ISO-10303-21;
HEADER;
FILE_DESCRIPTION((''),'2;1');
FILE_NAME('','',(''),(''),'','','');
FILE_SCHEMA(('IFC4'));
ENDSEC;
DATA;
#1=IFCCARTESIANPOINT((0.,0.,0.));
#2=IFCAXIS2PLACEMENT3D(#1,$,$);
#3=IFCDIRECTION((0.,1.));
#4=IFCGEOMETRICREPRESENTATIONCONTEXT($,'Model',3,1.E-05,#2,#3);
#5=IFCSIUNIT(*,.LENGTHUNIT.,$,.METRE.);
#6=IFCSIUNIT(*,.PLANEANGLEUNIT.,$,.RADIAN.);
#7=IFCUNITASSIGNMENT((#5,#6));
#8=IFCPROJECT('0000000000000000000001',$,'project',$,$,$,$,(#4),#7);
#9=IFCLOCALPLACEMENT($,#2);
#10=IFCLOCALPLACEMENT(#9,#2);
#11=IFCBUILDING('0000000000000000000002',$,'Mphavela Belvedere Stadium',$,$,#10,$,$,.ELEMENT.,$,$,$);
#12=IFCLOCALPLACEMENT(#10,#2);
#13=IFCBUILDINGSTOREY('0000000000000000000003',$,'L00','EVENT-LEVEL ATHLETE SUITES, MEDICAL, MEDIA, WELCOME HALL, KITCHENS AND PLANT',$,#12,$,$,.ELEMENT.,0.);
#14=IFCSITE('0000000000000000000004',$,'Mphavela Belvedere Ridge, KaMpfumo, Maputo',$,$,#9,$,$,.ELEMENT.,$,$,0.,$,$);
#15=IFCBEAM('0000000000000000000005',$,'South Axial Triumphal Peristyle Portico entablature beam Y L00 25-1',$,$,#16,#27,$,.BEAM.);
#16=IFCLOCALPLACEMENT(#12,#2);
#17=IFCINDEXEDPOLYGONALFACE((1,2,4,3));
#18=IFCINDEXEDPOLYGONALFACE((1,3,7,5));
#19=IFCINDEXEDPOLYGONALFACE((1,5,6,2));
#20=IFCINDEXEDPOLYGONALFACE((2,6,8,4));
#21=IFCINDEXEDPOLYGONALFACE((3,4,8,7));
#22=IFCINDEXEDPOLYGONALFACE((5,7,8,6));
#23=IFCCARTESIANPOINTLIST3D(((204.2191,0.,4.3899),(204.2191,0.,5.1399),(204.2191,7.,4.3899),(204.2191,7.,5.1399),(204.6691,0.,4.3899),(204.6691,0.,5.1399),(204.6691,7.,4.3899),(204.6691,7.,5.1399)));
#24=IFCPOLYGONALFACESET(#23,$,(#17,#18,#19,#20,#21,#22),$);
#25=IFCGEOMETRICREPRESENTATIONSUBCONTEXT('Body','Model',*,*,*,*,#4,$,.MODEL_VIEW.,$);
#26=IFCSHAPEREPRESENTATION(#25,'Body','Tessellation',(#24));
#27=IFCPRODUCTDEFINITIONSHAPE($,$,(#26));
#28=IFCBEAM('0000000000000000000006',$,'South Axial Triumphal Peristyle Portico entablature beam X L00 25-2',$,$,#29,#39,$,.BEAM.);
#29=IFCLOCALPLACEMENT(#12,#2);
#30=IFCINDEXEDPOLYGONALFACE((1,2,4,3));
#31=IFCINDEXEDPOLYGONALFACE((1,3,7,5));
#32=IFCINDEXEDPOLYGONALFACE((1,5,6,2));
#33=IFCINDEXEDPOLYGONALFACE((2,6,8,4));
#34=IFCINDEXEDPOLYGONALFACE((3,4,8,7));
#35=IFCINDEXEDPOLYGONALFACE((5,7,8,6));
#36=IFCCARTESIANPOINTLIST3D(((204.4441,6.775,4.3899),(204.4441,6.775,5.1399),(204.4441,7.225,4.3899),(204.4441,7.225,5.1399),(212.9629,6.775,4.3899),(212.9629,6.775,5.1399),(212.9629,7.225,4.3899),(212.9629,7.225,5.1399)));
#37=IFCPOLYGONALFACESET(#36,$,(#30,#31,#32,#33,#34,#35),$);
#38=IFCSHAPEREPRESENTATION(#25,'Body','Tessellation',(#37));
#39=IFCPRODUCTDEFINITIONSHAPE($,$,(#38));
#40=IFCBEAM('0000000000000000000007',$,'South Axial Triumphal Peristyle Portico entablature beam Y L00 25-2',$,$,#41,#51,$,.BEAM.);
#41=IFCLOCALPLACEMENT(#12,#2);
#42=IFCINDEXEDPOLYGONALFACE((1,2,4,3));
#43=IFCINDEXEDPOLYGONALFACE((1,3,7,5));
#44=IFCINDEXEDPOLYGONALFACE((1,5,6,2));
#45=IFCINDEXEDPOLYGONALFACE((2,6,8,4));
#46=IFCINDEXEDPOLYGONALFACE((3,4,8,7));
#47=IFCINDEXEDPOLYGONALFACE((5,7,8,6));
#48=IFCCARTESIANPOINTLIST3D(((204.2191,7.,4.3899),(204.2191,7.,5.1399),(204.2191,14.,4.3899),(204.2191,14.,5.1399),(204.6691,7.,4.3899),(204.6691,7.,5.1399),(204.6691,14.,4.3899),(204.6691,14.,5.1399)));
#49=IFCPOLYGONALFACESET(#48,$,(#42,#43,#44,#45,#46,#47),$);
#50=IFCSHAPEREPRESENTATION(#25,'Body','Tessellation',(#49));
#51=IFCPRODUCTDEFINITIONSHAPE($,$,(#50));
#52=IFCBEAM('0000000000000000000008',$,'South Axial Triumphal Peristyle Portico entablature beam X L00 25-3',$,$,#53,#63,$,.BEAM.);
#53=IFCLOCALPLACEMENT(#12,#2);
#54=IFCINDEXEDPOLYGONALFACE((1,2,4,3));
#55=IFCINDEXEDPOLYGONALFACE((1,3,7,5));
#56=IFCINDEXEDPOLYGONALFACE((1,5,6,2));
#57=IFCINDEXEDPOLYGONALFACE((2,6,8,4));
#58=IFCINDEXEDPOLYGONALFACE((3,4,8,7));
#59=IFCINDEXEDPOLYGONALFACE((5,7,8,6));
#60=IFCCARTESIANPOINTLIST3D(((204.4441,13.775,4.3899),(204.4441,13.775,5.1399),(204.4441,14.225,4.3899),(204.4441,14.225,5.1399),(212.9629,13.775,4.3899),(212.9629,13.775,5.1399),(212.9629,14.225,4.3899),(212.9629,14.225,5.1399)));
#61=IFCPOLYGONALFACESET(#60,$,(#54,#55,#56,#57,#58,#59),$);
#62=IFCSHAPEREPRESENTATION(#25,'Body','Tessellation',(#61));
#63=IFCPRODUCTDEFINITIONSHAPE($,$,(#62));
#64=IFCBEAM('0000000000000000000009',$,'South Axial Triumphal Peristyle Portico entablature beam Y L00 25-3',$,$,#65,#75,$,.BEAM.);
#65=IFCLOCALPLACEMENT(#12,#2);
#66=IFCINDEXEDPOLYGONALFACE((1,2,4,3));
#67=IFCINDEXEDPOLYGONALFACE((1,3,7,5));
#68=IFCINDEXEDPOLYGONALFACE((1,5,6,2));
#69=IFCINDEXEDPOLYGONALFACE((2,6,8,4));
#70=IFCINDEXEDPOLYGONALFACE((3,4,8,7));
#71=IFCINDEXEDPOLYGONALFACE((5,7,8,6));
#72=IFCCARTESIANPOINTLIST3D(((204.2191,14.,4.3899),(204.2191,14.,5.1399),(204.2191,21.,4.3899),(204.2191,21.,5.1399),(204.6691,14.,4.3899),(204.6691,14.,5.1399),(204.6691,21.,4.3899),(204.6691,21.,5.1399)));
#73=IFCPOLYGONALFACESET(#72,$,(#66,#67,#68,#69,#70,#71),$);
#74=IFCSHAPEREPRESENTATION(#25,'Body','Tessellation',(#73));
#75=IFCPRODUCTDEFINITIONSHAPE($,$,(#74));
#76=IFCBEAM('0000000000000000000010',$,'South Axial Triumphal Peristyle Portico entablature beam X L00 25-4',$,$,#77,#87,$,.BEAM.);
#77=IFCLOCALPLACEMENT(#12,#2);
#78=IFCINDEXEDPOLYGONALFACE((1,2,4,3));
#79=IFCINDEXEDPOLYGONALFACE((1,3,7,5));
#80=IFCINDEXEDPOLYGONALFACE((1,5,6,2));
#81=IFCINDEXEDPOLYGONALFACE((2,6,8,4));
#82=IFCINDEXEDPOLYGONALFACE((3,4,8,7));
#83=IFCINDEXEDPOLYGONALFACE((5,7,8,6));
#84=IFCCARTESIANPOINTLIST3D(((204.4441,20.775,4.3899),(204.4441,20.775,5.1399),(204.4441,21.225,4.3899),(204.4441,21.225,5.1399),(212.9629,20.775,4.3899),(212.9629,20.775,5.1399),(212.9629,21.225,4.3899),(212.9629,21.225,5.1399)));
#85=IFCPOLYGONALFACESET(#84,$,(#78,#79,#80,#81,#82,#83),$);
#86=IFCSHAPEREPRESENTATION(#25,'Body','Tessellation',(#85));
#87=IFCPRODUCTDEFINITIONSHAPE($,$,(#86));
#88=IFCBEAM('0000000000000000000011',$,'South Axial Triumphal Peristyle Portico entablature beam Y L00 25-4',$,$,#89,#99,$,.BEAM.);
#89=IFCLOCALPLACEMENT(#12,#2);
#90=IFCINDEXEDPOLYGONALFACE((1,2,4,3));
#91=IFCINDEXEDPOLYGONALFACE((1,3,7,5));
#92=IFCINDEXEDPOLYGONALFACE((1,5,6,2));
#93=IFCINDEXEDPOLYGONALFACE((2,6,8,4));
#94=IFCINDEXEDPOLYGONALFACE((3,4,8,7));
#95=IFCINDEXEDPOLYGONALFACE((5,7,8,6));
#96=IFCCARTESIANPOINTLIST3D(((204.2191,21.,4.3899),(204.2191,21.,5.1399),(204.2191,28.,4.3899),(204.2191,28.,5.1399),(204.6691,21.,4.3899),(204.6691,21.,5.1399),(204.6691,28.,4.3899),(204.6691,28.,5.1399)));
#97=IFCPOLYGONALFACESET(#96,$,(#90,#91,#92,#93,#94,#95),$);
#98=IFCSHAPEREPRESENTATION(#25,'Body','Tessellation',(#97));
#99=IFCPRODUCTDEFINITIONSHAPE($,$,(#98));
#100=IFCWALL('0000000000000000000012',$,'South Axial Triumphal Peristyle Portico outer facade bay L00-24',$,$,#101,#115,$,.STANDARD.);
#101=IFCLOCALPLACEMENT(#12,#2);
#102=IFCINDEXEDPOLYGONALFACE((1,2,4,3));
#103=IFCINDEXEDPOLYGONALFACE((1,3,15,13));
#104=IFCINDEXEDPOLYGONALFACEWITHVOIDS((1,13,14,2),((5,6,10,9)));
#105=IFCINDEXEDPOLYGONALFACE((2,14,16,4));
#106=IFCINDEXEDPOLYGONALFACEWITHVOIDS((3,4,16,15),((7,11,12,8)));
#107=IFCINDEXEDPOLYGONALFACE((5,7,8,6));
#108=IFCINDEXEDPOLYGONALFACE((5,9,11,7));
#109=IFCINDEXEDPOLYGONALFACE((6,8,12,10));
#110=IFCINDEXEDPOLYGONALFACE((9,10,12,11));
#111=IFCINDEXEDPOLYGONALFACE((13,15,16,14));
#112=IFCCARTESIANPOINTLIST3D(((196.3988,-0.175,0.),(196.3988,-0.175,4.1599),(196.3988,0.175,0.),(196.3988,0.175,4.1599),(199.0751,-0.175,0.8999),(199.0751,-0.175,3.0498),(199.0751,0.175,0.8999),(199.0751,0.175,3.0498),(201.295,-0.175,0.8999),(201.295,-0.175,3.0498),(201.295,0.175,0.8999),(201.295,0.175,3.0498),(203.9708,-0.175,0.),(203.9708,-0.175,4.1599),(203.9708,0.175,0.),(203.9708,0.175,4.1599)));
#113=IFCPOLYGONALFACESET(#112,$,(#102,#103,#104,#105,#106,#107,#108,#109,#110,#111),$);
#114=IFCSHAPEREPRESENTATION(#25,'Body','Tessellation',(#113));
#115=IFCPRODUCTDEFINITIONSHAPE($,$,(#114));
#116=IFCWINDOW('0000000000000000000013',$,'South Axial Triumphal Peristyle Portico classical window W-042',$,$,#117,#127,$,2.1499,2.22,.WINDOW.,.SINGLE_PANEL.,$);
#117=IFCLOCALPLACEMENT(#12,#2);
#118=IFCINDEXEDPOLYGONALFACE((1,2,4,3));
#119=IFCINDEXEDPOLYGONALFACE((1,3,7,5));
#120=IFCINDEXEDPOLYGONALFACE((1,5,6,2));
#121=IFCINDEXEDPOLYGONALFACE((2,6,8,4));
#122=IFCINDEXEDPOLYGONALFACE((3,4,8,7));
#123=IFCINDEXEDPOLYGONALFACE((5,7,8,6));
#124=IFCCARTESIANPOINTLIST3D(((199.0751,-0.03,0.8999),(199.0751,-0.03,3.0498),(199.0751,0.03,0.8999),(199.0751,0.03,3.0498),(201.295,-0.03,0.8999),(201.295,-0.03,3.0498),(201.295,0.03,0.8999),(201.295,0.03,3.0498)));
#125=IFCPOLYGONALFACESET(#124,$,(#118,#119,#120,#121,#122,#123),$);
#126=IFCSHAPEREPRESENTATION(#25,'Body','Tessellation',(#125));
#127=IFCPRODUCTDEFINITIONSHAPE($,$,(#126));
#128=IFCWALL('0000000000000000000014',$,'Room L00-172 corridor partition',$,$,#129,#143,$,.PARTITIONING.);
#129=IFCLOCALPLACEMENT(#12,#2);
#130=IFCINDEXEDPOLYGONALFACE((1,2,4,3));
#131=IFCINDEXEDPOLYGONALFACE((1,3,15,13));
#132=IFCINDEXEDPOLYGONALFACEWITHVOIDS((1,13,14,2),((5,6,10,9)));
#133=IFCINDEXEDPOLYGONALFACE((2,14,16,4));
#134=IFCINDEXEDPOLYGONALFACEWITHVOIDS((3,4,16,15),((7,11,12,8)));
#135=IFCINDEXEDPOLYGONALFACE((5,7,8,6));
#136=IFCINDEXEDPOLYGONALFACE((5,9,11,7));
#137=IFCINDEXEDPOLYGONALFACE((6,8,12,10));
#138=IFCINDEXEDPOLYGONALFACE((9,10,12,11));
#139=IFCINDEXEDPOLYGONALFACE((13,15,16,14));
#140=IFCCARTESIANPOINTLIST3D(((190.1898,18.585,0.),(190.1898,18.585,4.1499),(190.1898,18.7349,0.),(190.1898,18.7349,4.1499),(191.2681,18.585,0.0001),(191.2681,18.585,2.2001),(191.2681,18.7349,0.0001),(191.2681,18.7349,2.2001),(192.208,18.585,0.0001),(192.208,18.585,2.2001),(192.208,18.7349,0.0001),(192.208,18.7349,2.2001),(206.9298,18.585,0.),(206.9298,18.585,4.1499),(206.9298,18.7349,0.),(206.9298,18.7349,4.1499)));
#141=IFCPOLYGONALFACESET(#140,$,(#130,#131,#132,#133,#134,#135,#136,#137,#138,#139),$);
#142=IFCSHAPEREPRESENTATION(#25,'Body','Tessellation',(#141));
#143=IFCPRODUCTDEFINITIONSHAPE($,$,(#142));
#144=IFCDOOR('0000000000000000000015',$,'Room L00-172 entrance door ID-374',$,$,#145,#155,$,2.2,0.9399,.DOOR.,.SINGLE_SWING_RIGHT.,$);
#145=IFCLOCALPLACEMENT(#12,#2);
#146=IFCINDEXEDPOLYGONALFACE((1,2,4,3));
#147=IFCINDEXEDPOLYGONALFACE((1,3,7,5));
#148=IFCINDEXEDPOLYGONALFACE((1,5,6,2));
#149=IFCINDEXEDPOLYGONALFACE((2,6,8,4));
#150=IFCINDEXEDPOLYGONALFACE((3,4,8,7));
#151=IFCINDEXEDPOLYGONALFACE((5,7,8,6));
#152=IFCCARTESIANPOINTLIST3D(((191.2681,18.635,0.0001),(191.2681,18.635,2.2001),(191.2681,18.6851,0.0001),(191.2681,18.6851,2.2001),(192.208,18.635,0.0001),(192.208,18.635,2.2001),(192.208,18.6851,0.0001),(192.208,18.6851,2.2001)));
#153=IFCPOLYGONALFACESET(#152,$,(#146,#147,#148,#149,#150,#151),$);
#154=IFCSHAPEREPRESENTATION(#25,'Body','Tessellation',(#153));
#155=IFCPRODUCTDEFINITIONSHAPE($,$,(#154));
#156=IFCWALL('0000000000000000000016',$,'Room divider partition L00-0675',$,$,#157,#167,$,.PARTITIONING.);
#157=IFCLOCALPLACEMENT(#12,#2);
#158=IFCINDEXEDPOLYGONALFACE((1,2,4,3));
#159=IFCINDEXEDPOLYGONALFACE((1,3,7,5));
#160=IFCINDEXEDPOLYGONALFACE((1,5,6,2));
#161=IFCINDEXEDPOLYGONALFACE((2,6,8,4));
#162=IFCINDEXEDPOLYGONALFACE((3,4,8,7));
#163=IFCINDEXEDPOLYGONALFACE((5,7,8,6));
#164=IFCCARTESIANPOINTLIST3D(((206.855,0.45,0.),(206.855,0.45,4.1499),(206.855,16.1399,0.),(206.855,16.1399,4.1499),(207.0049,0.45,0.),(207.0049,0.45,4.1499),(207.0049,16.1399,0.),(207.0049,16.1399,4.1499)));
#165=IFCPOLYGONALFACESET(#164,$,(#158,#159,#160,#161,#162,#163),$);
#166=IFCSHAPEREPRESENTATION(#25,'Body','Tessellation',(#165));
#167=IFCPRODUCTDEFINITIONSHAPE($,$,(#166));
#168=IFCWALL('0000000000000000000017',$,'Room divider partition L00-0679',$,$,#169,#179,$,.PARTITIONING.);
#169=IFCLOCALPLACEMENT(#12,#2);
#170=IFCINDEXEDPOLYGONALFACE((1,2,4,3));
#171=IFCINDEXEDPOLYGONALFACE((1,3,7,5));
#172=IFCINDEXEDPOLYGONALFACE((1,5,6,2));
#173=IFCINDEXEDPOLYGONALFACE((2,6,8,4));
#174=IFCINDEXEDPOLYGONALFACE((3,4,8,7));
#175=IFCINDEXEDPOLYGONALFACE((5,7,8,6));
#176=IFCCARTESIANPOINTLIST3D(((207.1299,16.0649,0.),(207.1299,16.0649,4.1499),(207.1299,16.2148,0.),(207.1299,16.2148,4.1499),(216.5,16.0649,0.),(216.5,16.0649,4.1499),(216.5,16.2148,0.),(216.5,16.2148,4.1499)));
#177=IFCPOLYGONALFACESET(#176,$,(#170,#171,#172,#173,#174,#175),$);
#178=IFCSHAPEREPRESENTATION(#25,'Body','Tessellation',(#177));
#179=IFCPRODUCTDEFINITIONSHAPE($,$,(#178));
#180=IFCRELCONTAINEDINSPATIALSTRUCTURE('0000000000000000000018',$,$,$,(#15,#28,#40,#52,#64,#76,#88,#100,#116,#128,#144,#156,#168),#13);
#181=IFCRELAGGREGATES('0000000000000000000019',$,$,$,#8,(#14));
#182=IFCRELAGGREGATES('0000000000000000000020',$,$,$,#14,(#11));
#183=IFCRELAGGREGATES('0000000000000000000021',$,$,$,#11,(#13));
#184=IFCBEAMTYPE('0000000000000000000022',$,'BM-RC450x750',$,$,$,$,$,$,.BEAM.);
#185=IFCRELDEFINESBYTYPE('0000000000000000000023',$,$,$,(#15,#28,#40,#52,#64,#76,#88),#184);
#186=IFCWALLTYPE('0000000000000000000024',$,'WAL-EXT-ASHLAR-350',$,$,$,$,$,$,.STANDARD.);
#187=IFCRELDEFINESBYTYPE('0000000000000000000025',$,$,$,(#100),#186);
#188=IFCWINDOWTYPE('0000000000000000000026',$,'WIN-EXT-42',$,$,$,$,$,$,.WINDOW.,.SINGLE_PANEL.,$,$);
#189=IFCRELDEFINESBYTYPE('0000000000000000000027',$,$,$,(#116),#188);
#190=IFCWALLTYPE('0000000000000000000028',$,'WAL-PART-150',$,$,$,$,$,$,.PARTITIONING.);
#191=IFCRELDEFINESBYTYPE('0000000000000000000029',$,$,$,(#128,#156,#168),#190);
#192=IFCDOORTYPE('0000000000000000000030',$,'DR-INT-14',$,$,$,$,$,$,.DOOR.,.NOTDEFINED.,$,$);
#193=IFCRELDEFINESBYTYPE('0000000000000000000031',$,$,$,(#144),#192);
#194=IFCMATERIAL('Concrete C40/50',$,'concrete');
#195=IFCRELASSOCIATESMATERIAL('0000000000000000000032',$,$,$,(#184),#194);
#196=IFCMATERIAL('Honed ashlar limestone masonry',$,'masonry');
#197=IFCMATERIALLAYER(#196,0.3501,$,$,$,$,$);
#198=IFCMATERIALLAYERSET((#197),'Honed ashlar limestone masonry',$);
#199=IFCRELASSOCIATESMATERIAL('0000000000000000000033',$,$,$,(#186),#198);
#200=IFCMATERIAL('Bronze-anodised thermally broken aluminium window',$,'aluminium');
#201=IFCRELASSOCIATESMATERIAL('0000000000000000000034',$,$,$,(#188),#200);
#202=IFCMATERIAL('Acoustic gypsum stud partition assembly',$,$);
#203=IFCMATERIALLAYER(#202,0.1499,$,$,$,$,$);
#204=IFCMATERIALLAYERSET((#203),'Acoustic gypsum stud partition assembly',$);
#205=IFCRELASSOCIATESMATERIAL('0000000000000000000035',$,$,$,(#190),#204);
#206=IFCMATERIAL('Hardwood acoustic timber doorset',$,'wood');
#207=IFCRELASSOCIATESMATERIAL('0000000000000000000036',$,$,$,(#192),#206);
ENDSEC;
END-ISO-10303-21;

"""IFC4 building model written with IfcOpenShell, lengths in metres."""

from ifc_helpers import new_model, si_unit, direction, frame, frame_2d, origin, origin_2d, place, context, subcontext, project, spatial, rectangle, extrude, material, layer, layer_set, material_profile, profile_set, type_object, element, fill, save


model = new_model("IFC4")

# Units and contexts
model_context = context("Model", 3, precision=1e-05, world=origin(), true_north=direction((0.0, 1.0)))
body_context = subcontext(model_context, "Body", "Model", "MODEL_VIEW")
ifc_project = project(units=[si_unit("LENGTHUNIT", "METRE"), si_unit("PLANEANGLEUNIT", "RADIAN")], contexts=[model_context])

# Site, building, storey
site_placement = place(None, origin())
site = spatial("IfcSite", under=ifc_project, at=site_placement, Name="Mphavela Belvedere Ridge, KaMpfumo, Maputo", CompositionType="ELEMENT", RefElevation=0.0)
building_placement = place(site_placement, origin())
building = spatial("IfcBuilding", under=site, at=building_placement, Name="Mphavela Belvedere Stadium", CompositionType="ELEMENT")
storey_placement = place(building_placement, origin())
storey = spatial("IfcBuildingStorey", under=building, at=storey_placement, Name="L00", Description="EVENT-LEVEL ATHLETE SUITES, MEDICAL, MEDIA, WELCOME HALL, KITCHENS AND PLANT", CompositionType="ELEMENT", Elevation=0.0)

# Beams
ifc_material_1 = material(Name="Concrete C40/50", Category="concrete")
ifc_material_profile_1 = material_profile(ifc_material_1, rectangle(XDim=0.45, YDim=0.75, at=origin_2d()), Name="RC 450x750")
ifc_profile_set_1 = profile_set([ifc_material_profile_1], Name="Concrete C40/50")
beam_type_1 = type_object("IfcBeamType", Name="BM-RC450x750", PredefinedType="BEAM", material=ifc_profile_set_1)
beam_1_placement = place(storey_placement, frame((204.4441, 0.0, 4.7649), z_axis=(0.0, 1.0, 0.0), x_axis=(-1.0, 0.0, 0.0)))
element("IfcBeam", 1, at=beam_1_placement, inside=storey, type_object=beam_type_1, Name="South Axial Triumphal Peristyle Portico entablature beam Y L00 25-1", PredefinedType="BEAM", context=body_context, shape_type="SweptSolid", body=[
    extrude(rectangle(XDim=0.45, YDim=0.75, at=origin_2d()), origin(), (0.0, 0.0, 1.0), 7.0),
])
beam_2_placement = place(storey_placement, frame((204.4441, 7.0, 4.7649), z_axis=(1.0, 0.0, 0.0), x_axis=(0.0, 1.0, 0.0)))
element("IfcBeam", 2, at=beam_2_placement, inside=storey, type_object=beam_type_1, Name="South Axial Triumphal Peristyle Portico entablature beam X L00 25-2", PredefinedType="BEAM", context=body_context, shape_type="SweptSolid", body=[
    extrude(rectangle(XDim=0.45, YDim=0.75, at=origin_2d()), origin(), (0.0, 0.0, 1.0), 8.5188),
])
beam_3_placement = place(storey_placement, frame((204.4441, 7.0, 4.7649), z_axis=(0.0, 1.0, 0.0), x_axis=(-1.0, 0.0, 0.0)))
element("IfcBeam", 3, at=beam_3_placement, inside=storey, type_object=beam_type_1, Name="South Axial Triumphal Peristyle Portico entablature beam Y L00 25-2", PredefinedType="BEAM", context=body_context, shape_type="SweptSolid", body=[
    extrude(rectangle(XDim=0.45, YDim=0.75, at=origin_2d()), origin(), (0.0, 0.0, 1.0), 7.0),
])
beam_4_placement = place(storey_placement, frame((204.4441, 14.0, 4.7649), z_axis=(1.0, 0.0, 0.0), x_axis=(0.0, 1.0, 0.0)))
element("IfcBeam", 4, at=beam_4_placement, inside=storey, type_object=beam_type_1, Name="South Axial Triumphal Peristyle Portico entablature beam X L00 25-3", PredefinedType="BEAM", context=body_context, shape_type="SweptSolid", body=[
    extrude(rectangle(XDim=0.45, YDim=0.75, at=origin_2d()), origin(), (0.0, 0.0, 1.0), 8.5188),
])
beam_5_placement = place(storey_placement, frame((204.4441, 14.0, 4.7649), z_axis=(0.0, 1.0, 0.0), x_axis=(-1.0, 0.0, 0.0)))
element("IfcBeam", 5, at=beam_5_placement, inside=storey, type_object=beam_type_1, Name="South Axial Triumphal Peristyle Portico entablature beam Y L00 25-3", PredefinedType="BEAM", context=body_context, shape_type="SweptSolid", body=[
    extrude(rectangle(XDim=0.45, YDim=0.75, at=origin_2d()), origin(), (0.0, 0.0, 1.0), 7.0),
])
beam_6_placement = place(storey_placement, frame((204.4441, 21.0, 4.7649), z_axis=(1.0, 0.0, 0.0), x_axis=(0.0, 1.0, 0.0)))
element("IfcBeam", 6, at=beam_6_placement, inside=storey, type_object=beam_type_1, Name="South Axial Triumphal Peristyle Portico entablature beam X L00 25-4", PredefinedType="BEAM", context=body_context, shape_type="SweptSolid", body=[
    extrude(rectangle(XDim=0.45, YDim=0.75, at=origin_2d()), origin(), (0.0, 0.0, 1.0), 8.5188),
])
beam_7_placement = place(storey_placement, frame((204.4441, 21.0, 4.7649), z_axis=(0.0, 1.0, 0.0), x_axis=(-1.0, 0.0, 0.0)))
element("IfcBeam", 7, at=beam_7_placement, inside=storey, type_object=beam_type_1, Name="South Axial Triumphal Peristyle Portico entablature beam Y L00 25-4", PredefinedType="BEAM", context=body_context, shape_type="SweptSolid", body=[
    extrude(rectangle(XDim=0.45, YDim=0.75, at=origin_2d()), origin(), (0.0, 0.0, 1.0), 7.0),
])

# Wall, opening, window
ifc_material_2 = material(Name="Honed ashlar limestone masonry", Category="masonry")
ifc_layer_1 = layer(ifc_material_2, 0.3501)
ifc_layer_set_1 = layer_set([ifc_layer_1], Name="Honed ashlar limestone masonry")
wall_type_1 = type_object("IfcWallType", Name="WAL-EXT-ASHLAR-350", PredefinedType="STANDARD", material=ifc_layer_set_1)
wall_1_placement = place(storey_placement, frame((203.9709, 0.0, 0.0), z_axis=(0.0, 0.0, 1.0), x_axis=(-1.0, 0.0, 0.0)))
wall_1 = element("IfcWall", 8, at=wall_1_placement, inside=storey, type_object=wall_type_1, Name="South Axial Triumphal Peristyle Portico outer facade bay L00-24", PredefinedType="STANDARD", context=body_context, shape_type="SweptSolid", body=[
    extrude(rectangle(XDim=7.572, YDim=0.3501, at=frame_2d((3.7861, 0.0))), origin(), (0.0, 0.0, 1.0), 4.1599),
])
opening_1_placement = place(wall_1_placement, frame((2.676, 0.0, 0.8999)))
opening_1 = element("IfcOpeningElement", 9, at=opening_1_placement, cuts=wall_1, PredefinedType="OPENING", context=body_context, shape_type="SweptSolid", body=[
    extrude(rectangle(XDim=2.22, YDim=2.1499, at=frame_2d((1.1099, 1.075))), frame((0.0, 0.1851, 0.0), z_axis=(0.0, -1.0, 0.0), x_axis=(1.0, 0.0, 0.0)), (0.0, 0.0, 1.0), 0.3701),
])
ifc_material_3 = material(Name="Bronze-anodised thermally broken aluminium window", Category="aluminium")
window_type = type_object("IfcWindowType", Name="WIN-EXT-42", PartitioningType="SINGLE_PANEL", PredefinedType="WINDOW", material=ifc_material_3)
window_placement = place(opening_1_placement, origin())
window = element("IfcWindow", 10, at=window_placement, inside=storey, type_object=window_type, Name="South Axial Triumphal Peristyle Portico classical window W-042", OverallHeight=2.1499, OverallWidth=2.22, PartitioningType="SINGLE_PANEL", PredefinedType="WINDOW", context=body_context, shape_type="SweptSolid", body=[
    extrude(rectangle(XDim=2.22, YDim=2.1499, at=frame_2d((1.1099, 1.075))), frame((0.0, 0.03, 0.0), z_axis=(0.0, -1.0, 0.0), x_axis=(1.0, 0.0, 0.0)), (0.0, 0.0, 1.0), 0.0601),
])
fill(opening_1, window)

# Wall, opening, door
ifc_material_4 = material(Name="Acoustic gypsum stud partition assembly")
ifc_layer_2 = layer(ifc_material_4, 0.1499)
ifc_layer_set_2 = layer_set([ifc_layer_2], Name="Acoustic gypsum stud partition assembly")
wall_type_2 = type_object("IfcWallType", Name="WAL-PART-150", PredefinedType="PARTITIONING", material=ifc_layer_set_2)
wall_2_placement = place(storey_placement, frame((206.9299, 18.6599, 0.0), z_axis=(0.0, 0.0, 1.0), x_axis=(-1.0, 0.0, 0.0)))
wall_2 = element("IfcWall", 11, at=wall_2_placement, inside=storey, type_object=wall_type_2, Name="Room L00-172 corridor partition", PredefinedType="PARTITIONING", context=body_context, shape_type="SweptSolid", body=[
    extrude(rectangle(XDim=16.74, YDim=0.1499, at=frame_2d((8.3701, 0.0))), origin(), (0.0, 0.0, 1.0), 4.1499),
])
opening_2_placement = place(wall_2_placement, frame((14.7219, 0.0, 0.0)))
opening_2 = element("IfcOpeningElement", 12, at=opening_2_placement, cuts=wall_2, PredefinedType="OPENING", context=body_context, shape_type="SweptSolid", body=[
    extrude(rectangle(XDim=0.9399, YDim=2.2, at=frame_2d((0.47, 1.1001))), frame((0.0, 0.085, 0.0), z_axis=(0.0, -1.0, 0.0), x_axis=(1.0, 0.0, 0.0)), (0.0, 0.0, 1.0), 0.1699),
])
ifc_material_5 = material(Name="Hardwood acoustic timber doorset", Category="wood")
door_type = type_object("IfcDoorType", Name="DR-INT-14", OperationType="NOTDEFINED", PredefinedType="DOOR", material=ifc_material_5)
door_placement = place(opening_2_placement, origin())
door = element("IfcDoor", 13, at=door_placement, inside=storey, type_object=door_type, Name="Room L00-172 entrance door ID-374", OperationType="SINGLE_SWING_RIGHT", OverallHeight=2.2, OverallWidth=0.9399, PredefinedType="DOOR", context=body_context, shape_type="SweptSolid", body=[
    extrude(rectangle(XDim=0.9399, YDim=2.2, at=frame_2d((0.47, 1.1001))), frame((0.0, 0.0249, 0.0), z_axis=(0.0, -1.0, 0.0), x_axis=(1.0, 0.0, 0.0)), (0.0, 0.0, 1.0), 0.05),
])
fill(opening_2, door)

# Walls
wall_3_placement = place(storey_placement, frame((206.9299, 16.1399, 0.0), z_axis=(0.0, 0.0, 1.0), x_axis=(0.0, -1.0, 0.0)))
element("IfcWall", 14, at=wall_3_placement, inside=storey, type_object=wall_type_2, Name="Room divider partition L00-0675", PredefinedType="PARTITIONING", context=body_context, shape_type="SweptSolid", body=[
    extrude(rectangle(XDim=15.6899, YDim=0.1499, at=frame_2d((7.845, 0.0))), origin(), (0.0, 0.0, 1.0), 4.1499),
])
wall_4_placement = place(storey_placement, frame((207.1299, 16.1399, 0.0), z_axis=(0.0, 0.0, 1.0), x_axis=(1.0, 0.0, 0.0)))
element("IfcWall", 15, at=wall_4_placement, inside=storey, type_object=wall_type_2, Name="Room divider partition L00-0679", PredefinedType="PARTITIONING", context=body_context, shape_type="SweptSolid", body=[
    extrude(rectangle(XDim=9.3701, YDim=0.1499, at=frame_2d((4.6851, 0.0))), origin(), (0.0, 0.0, 1.0), 4.1499),
])

save(model, "model.ifc")
